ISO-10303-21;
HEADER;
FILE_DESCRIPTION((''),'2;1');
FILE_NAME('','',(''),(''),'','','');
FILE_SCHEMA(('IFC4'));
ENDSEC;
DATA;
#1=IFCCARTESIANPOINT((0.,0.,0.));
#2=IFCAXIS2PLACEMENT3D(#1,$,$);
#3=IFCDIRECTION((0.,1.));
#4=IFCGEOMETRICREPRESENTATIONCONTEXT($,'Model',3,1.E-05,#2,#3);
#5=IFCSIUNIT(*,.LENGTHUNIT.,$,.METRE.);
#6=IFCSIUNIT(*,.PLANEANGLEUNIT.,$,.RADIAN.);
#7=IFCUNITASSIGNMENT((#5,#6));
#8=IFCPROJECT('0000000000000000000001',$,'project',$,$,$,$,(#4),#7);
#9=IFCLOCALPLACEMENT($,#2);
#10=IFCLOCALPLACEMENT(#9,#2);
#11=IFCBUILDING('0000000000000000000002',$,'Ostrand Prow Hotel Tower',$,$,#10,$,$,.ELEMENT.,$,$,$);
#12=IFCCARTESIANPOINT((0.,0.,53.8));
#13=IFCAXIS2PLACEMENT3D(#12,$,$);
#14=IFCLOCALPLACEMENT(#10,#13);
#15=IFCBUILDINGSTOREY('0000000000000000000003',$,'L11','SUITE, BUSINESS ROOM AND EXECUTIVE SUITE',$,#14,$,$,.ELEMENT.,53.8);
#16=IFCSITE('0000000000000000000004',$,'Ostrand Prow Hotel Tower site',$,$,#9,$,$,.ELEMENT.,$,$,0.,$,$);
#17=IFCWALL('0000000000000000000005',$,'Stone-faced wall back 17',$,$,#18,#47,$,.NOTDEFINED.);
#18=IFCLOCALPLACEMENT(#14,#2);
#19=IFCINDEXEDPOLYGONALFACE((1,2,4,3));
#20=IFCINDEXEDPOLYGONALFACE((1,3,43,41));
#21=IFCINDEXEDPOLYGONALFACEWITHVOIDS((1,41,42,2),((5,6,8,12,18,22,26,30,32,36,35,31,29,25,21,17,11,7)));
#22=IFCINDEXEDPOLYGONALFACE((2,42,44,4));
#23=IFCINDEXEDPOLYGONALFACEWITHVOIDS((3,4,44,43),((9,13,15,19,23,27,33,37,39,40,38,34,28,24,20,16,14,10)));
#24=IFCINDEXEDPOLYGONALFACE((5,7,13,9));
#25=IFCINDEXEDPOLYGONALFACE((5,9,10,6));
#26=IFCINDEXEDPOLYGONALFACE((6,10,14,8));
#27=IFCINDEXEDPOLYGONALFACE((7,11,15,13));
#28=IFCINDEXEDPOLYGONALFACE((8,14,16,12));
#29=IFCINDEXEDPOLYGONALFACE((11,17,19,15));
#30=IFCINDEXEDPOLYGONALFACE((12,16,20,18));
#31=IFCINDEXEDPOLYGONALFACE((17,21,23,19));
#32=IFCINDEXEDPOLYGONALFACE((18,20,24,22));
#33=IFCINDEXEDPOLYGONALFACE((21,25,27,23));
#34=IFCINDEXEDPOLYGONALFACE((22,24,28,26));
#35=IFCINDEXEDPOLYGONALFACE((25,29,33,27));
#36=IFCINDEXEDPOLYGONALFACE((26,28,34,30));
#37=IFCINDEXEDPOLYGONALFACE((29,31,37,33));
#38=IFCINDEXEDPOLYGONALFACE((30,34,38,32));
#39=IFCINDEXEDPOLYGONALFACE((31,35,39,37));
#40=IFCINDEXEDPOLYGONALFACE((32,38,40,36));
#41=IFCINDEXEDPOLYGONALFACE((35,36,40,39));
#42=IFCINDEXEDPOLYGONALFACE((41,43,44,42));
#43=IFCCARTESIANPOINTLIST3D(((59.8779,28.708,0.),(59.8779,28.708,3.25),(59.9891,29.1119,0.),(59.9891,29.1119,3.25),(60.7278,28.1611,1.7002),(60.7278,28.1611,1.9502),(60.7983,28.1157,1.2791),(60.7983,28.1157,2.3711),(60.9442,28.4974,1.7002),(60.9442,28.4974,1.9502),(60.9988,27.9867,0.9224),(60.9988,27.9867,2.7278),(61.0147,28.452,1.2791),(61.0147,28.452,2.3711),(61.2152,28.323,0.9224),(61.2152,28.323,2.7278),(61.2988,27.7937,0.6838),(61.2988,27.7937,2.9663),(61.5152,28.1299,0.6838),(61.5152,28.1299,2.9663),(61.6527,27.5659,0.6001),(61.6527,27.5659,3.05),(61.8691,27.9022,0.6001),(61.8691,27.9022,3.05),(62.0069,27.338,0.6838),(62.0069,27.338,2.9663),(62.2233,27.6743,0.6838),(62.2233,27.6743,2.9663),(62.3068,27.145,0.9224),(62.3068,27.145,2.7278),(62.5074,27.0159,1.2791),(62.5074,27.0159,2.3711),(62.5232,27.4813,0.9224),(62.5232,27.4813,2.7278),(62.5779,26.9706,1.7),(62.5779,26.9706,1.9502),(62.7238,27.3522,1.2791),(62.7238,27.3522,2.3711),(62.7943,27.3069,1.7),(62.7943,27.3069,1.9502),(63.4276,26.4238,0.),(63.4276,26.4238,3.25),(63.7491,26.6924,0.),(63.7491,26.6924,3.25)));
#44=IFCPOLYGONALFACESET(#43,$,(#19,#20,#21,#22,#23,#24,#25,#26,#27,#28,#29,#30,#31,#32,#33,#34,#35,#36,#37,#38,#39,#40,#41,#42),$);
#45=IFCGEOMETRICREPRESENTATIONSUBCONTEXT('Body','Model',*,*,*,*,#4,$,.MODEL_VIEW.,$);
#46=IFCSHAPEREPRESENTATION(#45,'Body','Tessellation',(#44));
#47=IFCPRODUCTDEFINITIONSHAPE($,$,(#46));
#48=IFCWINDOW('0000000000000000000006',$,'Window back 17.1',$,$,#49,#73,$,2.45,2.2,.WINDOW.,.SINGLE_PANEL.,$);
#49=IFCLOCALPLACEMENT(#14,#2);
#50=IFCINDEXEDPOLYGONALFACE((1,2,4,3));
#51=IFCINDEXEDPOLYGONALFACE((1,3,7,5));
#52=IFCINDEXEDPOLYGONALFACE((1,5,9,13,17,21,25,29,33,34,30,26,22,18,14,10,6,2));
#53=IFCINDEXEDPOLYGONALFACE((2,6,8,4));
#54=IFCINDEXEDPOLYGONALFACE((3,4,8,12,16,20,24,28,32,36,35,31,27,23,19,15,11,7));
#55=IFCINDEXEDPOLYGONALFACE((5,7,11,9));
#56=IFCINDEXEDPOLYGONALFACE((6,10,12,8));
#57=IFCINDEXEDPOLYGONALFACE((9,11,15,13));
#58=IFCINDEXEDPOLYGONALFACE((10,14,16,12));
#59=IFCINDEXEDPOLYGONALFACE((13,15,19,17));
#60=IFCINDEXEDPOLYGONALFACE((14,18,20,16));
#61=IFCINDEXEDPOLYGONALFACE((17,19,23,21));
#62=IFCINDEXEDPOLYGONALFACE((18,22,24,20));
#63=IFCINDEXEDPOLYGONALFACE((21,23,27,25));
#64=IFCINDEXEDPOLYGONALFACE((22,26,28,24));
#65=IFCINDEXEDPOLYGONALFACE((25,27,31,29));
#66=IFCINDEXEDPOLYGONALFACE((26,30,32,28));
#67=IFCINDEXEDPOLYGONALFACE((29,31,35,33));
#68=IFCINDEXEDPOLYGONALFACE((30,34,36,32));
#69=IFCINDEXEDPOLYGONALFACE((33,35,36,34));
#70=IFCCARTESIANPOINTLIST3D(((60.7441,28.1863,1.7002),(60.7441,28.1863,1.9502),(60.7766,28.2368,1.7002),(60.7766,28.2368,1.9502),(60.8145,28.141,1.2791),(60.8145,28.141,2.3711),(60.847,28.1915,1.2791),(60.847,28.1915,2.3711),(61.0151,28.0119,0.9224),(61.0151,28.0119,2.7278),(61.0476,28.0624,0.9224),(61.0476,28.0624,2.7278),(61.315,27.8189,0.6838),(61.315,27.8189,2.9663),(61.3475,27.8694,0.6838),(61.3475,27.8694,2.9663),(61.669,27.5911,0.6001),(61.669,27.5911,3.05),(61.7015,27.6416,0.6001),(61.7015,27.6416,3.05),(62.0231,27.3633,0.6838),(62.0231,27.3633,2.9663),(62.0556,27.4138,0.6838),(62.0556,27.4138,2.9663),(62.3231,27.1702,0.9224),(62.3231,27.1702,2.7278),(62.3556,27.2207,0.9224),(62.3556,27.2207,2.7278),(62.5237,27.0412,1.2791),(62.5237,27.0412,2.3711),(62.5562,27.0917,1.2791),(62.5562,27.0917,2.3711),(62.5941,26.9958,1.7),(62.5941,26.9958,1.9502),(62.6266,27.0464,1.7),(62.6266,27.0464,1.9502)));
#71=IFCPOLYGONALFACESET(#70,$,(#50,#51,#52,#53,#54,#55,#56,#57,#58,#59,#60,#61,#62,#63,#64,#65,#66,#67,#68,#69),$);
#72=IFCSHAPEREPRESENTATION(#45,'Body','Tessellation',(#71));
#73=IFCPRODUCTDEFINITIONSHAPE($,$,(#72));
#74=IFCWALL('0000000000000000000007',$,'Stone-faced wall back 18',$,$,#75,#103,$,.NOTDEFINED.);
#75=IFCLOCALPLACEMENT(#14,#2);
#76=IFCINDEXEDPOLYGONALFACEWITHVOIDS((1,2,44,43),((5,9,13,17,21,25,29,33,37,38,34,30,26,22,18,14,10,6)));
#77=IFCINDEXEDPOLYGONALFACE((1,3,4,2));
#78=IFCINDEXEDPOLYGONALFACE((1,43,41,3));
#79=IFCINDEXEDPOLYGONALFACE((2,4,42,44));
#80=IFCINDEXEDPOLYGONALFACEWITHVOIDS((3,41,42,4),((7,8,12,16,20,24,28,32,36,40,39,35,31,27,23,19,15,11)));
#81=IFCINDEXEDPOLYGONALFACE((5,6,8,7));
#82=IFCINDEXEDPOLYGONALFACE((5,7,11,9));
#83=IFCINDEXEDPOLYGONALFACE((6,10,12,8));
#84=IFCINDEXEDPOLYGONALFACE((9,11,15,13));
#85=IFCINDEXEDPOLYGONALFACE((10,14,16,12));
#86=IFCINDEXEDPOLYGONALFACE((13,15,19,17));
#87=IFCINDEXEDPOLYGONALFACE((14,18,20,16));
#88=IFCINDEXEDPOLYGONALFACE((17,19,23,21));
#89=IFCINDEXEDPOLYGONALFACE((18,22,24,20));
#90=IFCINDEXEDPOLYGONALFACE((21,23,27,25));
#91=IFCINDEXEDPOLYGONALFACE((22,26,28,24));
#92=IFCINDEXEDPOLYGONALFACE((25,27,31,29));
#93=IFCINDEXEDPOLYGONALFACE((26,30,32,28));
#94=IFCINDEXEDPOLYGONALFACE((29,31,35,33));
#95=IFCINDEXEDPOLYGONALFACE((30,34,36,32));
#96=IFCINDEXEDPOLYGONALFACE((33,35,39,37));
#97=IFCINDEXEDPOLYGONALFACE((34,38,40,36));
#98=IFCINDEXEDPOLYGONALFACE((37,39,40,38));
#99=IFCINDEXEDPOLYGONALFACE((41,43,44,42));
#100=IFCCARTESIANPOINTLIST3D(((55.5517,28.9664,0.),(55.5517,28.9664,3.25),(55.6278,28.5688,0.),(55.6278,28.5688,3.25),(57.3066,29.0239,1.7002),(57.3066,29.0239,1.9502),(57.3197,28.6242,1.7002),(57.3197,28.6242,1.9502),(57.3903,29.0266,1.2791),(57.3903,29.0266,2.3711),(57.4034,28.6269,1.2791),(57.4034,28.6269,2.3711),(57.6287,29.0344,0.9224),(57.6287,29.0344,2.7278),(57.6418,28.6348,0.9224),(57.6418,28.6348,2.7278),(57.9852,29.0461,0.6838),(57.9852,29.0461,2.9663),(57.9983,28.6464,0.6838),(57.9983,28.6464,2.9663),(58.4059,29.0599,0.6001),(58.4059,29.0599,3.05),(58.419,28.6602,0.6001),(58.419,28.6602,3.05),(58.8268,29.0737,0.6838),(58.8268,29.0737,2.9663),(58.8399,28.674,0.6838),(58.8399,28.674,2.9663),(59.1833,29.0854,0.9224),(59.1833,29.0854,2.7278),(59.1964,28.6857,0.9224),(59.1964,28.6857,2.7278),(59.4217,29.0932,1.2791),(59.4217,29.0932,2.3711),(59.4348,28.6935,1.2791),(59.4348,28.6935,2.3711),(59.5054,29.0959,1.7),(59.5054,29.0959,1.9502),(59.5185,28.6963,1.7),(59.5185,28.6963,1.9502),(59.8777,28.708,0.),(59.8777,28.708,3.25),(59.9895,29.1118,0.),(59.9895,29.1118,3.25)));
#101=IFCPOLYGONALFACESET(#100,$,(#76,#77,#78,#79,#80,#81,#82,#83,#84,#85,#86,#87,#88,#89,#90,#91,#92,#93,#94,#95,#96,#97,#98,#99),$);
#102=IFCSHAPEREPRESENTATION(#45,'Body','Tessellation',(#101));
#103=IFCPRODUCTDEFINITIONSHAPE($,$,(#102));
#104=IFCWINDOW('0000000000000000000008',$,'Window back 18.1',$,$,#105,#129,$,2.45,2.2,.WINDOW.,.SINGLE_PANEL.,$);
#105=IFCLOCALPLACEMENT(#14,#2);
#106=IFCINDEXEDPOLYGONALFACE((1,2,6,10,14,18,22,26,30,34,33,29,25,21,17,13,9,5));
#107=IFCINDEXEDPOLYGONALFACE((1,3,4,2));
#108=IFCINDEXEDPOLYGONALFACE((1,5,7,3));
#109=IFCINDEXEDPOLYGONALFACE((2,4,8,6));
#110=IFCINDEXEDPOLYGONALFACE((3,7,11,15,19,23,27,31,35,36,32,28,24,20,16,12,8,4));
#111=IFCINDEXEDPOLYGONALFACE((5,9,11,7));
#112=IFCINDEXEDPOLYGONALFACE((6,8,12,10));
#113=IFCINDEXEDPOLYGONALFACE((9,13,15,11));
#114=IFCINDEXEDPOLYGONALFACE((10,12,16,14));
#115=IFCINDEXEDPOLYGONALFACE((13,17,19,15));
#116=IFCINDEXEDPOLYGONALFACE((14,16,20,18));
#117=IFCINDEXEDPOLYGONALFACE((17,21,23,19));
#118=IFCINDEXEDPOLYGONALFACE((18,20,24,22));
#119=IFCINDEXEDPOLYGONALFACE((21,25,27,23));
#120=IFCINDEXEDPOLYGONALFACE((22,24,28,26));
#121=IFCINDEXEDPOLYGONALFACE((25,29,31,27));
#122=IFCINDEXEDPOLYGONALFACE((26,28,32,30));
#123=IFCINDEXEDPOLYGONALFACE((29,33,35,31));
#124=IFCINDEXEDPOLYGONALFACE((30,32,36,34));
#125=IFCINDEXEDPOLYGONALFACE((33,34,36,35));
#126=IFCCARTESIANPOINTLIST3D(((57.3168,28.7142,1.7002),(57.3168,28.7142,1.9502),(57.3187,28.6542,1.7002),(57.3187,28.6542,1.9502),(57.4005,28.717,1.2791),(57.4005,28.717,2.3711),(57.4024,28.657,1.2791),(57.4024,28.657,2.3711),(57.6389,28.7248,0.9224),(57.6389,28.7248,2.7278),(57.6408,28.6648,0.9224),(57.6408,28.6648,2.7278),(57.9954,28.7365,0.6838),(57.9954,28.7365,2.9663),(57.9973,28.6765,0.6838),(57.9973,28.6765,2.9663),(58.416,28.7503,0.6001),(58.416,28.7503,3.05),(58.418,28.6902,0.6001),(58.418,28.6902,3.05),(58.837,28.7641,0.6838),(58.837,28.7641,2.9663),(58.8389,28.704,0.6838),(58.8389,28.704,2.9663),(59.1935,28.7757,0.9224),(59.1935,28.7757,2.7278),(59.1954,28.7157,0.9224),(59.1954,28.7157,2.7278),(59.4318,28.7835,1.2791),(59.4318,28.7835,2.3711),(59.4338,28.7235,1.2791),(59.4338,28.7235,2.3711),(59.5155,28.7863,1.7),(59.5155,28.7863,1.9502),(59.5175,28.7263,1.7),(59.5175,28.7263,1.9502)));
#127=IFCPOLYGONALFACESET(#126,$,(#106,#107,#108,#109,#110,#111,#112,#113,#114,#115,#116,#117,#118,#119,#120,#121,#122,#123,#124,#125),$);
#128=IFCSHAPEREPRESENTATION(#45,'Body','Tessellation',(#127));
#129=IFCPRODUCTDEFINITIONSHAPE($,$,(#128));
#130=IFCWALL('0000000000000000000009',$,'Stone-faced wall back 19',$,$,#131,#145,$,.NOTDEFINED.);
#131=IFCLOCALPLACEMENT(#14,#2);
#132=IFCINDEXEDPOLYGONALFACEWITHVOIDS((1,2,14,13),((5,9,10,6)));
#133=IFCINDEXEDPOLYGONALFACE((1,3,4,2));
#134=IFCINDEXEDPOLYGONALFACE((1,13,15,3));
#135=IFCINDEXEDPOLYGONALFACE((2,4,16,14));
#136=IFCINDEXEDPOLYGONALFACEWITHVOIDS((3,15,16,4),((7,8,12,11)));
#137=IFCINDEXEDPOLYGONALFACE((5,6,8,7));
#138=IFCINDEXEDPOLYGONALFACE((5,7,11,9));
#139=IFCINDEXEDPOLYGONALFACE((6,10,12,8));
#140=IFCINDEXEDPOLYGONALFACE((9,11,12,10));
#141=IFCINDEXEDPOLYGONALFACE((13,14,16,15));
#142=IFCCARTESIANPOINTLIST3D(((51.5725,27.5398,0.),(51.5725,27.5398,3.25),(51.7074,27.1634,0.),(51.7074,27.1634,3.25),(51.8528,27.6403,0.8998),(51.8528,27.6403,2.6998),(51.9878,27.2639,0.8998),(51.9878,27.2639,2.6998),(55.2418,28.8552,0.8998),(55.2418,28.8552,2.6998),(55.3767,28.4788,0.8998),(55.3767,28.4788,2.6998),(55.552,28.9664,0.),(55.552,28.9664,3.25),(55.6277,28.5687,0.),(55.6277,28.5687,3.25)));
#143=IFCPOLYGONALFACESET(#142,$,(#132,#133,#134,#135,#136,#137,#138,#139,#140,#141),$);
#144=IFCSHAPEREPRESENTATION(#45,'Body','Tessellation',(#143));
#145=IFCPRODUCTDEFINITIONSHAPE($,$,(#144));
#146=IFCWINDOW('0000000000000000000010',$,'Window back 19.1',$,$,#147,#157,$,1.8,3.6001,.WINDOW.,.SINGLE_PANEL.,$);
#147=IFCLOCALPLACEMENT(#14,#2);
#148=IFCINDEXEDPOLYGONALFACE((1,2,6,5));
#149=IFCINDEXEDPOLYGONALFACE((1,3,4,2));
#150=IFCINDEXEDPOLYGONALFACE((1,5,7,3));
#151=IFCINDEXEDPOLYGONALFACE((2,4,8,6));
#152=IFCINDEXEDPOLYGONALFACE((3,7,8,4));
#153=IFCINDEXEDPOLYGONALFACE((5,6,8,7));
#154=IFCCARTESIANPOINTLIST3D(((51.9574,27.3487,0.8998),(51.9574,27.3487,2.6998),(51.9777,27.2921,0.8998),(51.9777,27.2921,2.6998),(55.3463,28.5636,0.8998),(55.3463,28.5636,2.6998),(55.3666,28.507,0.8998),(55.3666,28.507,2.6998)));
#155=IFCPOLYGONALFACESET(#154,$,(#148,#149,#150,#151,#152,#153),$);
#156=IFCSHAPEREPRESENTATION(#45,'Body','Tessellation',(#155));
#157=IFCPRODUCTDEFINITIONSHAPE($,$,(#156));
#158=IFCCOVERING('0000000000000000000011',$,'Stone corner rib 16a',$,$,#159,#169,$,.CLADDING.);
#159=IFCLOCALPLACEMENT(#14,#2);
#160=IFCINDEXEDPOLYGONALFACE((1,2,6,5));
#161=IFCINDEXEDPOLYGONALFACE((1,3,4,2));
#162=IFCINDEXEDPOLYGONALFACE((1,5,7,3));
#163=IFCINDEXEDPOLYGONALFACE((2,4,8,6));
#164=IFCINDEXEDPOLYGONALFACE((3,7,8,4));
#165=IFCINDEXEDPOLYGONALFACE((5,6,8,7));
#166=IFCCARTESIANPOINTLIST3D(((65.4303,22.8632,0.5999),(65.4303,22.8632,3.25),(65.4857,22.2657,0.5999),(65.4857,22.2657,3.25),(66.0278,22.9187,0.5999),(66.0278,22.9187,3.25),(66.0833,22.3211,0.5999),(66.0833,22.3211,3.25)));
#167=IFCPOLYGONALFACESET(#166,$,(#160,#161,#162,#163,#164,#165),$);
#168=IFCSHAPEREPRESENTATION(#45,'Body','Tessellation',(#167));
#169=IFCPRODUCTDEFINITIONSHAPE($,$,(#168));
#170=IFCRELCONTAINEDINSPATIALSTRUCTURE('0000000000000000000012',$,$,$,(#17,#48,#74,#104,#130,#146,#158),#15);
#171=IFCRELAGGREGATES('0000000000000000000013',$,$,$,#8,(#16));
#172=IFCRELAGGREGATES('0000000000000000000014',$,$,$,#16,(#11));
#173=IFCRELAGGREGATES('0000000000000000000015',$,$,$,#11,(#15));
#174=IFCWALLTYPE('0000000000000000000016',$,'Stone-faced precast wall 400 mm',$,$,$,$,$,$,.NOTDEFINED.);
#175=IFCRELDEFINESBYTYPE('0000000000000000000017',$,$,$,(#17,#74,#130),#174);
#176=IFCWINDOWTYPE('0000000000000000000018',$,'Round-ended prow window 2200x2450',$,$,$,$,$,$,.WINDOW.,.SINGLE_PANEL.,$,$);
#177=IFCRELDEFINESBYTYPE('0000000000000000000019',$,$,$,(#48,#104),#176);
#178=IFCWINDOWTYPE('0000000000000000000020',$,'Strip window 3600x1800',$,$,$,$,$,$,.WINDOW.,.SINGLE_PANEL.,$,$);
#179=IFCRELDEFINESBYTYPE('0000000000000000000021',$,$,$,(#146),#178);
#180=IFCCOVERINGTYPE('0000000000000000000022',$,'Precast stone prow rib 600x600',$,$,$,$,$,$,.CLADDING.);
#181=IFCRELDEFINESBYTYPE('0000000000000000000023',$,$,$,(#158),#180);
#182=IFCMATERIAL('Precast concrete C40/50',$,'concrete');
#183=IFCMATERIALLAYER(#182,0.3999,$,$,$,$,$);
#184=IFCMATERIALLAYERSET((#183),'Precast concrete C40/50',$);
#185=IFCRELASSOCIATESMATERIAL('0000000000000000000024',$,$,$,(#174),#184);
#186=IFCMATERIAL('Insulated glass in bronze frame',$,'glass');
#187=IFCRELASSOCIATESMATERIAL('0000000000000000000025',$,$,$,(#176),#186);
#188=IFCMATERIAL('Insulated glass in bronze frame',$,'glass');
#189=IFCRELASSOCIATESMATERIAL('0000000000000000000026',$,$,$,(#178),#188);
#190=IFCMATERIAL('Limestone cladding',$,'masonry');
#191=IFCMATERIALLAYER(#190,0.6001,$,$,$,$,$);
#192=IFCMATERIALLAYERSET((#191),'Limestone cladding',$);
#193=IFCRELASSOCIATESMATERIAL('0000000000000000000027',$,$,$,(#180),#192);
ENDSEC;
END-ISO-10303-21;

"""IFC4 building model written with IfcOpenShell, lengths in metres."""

from ifc_helpers import new_model, si_unit, direction, frame, frame_2d, origin, place, context, subcontext, project, spatial, polyline, rectangle, outline, extrude, material, layer, layer_set, type_object, element, fill, save


model = new_model("IFC4")

# Units and contexts
model_context = context("Model", 3, precision=1e-05, world=origin(), true_north=direction((0.0, 1.0)))
body_context = subcontext(model_context, "Body", "Model", "MODEL_VIEW")
ifc_project = project(units=[si_unit("LENGTHUNIT", "METRE"), si_unit("PLANEANGLEUNIT", "RADIAN")], contexts=[model_context])

# Site, building, storey
site_placement = place(None, origin())
site = spatial("IfcSite", under=ifc_project, at=site_placement, Name="Ostrand Prow Hotel Tower site", CompositionType="ELEMENT", RefElevation=0.0)
building_placement = place(site_placement, origin())
building = spatial("IfcBuilding", under=site, at=building_placement, Name="Ostrand Prow Hotel Tower", CompositionType="ELEMENT")
storey_placement = place(building_placement, frame((0.0, 0.0, 53.8)))
storey = spatial("IfcBuildingStorey", under=building, at=storey_placement, Name="L11", Description="SUITE, BUSINESS ROOM AND EXECUTIVE SUITE", CompositionType="ELEMENT", Elevation=53.8)

# Walls, openings, windows
ifc_material_1 = material(Name="Precast concrete C40/50", Category="concrete")
ifc_layer_1 = layer(ifc_material_1, 0.3999)
ifc_layer_set_1 = layer_set([ifc_layer_1], Name="Precast concrete C40/50")
wall_type_1 = type_object("IfcWallType", Name="Stone-faced precast wall 400 mm", PredefinedType="NOTDEFINED", material=ifc_layer_set_1)
ifc_material_2 = material(Name="Insulated glass in bronze frame", Category="glass")
window_type_1 = type_object("IfcWindowType", Name="Round-ended prow window 2200x2450", PartitioningType="SINGLE_PANEL", PredefinedType="WINDOW", material=ifc_material_2)
wall_1_placement = place(storey_placement, frame((63.5884, 26.5581, 0.0), z_axis=(0.0, 0.0, 1.0), x_axis=(-0.840937, 0.541132, 0.0)))
wall_1 = element("IfcWall", 1, at=wall_1_placement, inside=storey, type_object=wall_type_1, Name="Stone-faced wall back 17", PredefinedType="NOTDEFINED", context=body_context, shape_type="SweptSolid", body=[
    extrude(outline(polyline([(-0.0625, -0.2), (4.4087, -0.2), (4.2837, 0.2), (0.0625, 0.2), (-0.0625, -0.2)])), origin(), (0.0, 0.0, 1.0), 3.25),
])
opening_1_placement = place(wall_1_placement, frame((1.073, 0.0, 0.6001)))
opening_1 = element("IfcOpeningElement", 2, at=opening_1_placement, cuts=wall_1, PredefinedType="OPENING", context=body_context, shape_type="SweptSolid", body=[
    extrude(outline(polyline([(0.0, 1.3501), (0.0837, 1.771), (0.3223, 2.1277), (0.679, 2.3662), (1.1001, 2.45), (1.521, 2.3662), (1.8777, 2.1277), (2.1162, 1.771), (2.2, 1.3501), (2.2, 1.1001), (2.1162, 0.679), (1.8777, 0.3223), (1.521, 0.0837), (1.1001, 0.0), (0.679, 0.0837), (0.3223, 0.3223), (0.0837, 0.679), (0.0, 1.0999), (0.0, 1.3501)])), frame((0.0, 0.21, 0.0), z_axis=(0.0, -1.0, 0.0), x_axis=(1.0, 0.0, 0.0)), (0.0, 0.0, 1.0), 0.4199),
])
window_1_placement = place(opening_1_placement, origin())
window_1 = element("IfcWindow", 3, at=window_1_placement, inside=storey, type_object=window_type_1, Name="Window back 17.1", OverallHeight=2.45, OverallWidth=2.2, PartitioningType="SINGLE_PANEL", PredefinedType="WINDOW", context=body_context, shape_type="SweptSolid", body=[
    extrude(outline(polyline([(0.0, 1.3501), (0.0837, 1.771), (0.3223, 2.1277), (0.679, 2.3662), (1.1001, 2.45), (1.521, 2.3662), (1.8777, 2.1277), (2.1162, 1.771), (2.2, 1.3501), (2.2, 1.1001), (2.1162, 0.679), (1.8777, 0.3223), (1.521, 0.0837), (1.1001, 0.0), (0.679, 0.0837), (0.3223, 0.3223), (0.0837, 0.679), (0.0, 1.0999), (0.0, 1.3501)])), frame((0.0, 0.1699, 0.0), z_axis=(0.0, -1.0, 0.0), x_axis=(1.0, 0.0, 0.0)), (0.0, 0.0, 1.0), 0.0601),
])
fill(opening_1, window_1)
wall_2_placement = place(storey_placement, frame((59.9336, 28.9099, 0.0), z_axis=(0.0, 0.0, 1.0), x_axis=(-0.999464, -0.03275, 0.0)))
wall_2 = element("IfcWall", 4, at=wall_2_placement, inside=storey, type_object=wall_type_1, Name="Stone-faced wall back 18", PredefinedType="NOTDEFINED", context=body_context, shape_type="SweptSolid", body=[
    extrude(outline(polyline([(-0.0625, -0.2), (4.3777, -0.2), (4.3147, 0.2), (0.0625, 0.2), (-0.0625, -0.2)])), origin(), (0.0, 0.0, 1.0), 3.25),
])
opening_2_placement = place(wall_2_placement, frame((0.4219, 0.0, 0.6001)))
opening_2 = element("IfcOpeningElement", 5, at=opening_2_placement, cuts=wall_2, PredefinedType="OPENING", context=body_context, shape_type="SweptSolid", body=[
    extrude(outline(polyline([(0.0, 1.3501), (0.0837, 1.771), (0.3223, 2.1277), (0.679, 2.3662), (1.1001, 2.45), (1.521, 2.3662), (1.8777, 2.1277), (2.1162, 1.771), (2.2, 1.3501), (2.2, 1.1001), (2.1162, 0.679), (1.8777, 0.3223), (1.521, 0.0837), (1.1001, 0.0), (0.679, 0.0837), (0.3223, 0.3223), (0.0837, 0.679), (0.0, 1.0999), (0.0, 1.3501)])), frame((0.0, 0.21, 0.0), z_axis=(0.0, -1.0, 0.0), x_axis=(1.0, 0.0, 0.0)), (0.0, 0.0, 1.0), 0.4199),
])
window_2_placement = place(opening_2_placement, origin())
window_2 = element("IfcWindow", 6, at=window_2_placement, inside=storey, type_object=window_type_1, Name="Window back 18.1", OverallHeight=2.45, OverallWidth=2.2, PartitioningType="SINGLE_PANEL", PredefinedType="WINDOW", context=body_context, shape_type="SweptSolid", body=[
    extrude(outline(polyline([(0.0, 1.3501), (0.0837, 1.771), (0.3223, 2.1277), (0.679, 2.3662), (1.1001, 2.45), (1.521, 2.3662), (1.8777, 2.1277), (2.1162, 1.771), (2.2, 1.3501), (2.2, 1.1001), (2.1162, 0.679), (1.8777, 0.3223), (1.521, 0.0837), (1.1001, 0.0), (0.679, 0.0837), (0.3223, 0.3223), (0.0837, 0.679), (0.0, 1.0999), (0.0, 1.3501)])), frame((0.0, 0.1699, 0.0), z_axis=(0.0, -1.0, 0.0), x_axis=(1.0, 0.0, 0.0)), (0.0, 0.0, 1.0), 0.0601),
])
fill(opening_2, window_2)
wall_3_placement = place(storey_placement, frame((55.5898, 28.7676, 0.0), z_axis=(0.0, 0.0, 1.0), x_axis=(-0.94134, -0.33746, 0.0)))
wall_3 = element("IfcWall", 7, at=wall_3_placement, inside=storey, type_object=wall_type_1, Name="Stone-faced wall back 19", PredefinedType="NOTDEFINED", context=body_context, shape_type="SweptSolid", body=[
    extrude(outline(polyline([(-0.0315, -0.2), (4.196, -0.2), (4.196, 0.2), (0.0315, 0.2), (-0.0315, -0.2)])), origin(), (0.0, 0.0, 1.0), 3.25),
])
opening_3_placement = place(wall_3_placement, frame((0.2981, 0.0, 0.8999)))
opening_3 = element("IfcOpeningElement", 8, at=opening_3_placement, cuts=wall_3, PredefinedType="OPENING", context=body_context, shape_type="SweptSolid", body=[
    extrude(rectangle(XDim=3.6001, YDim=1.8, at=frame_2d((1.8, 0.8999))), frame((0.0, 0.21, 0.0), z_axis=(0.0, -1.0, 0.0), x_axis=(1.0, 0.0, 0.0)), (0.0, 0.0, 1.0), 0.4199),
])
ifc_material_3 = material(Name="Insulated glass in bronze frame", Category="glass")
window_type_2 = type_object("IfcWindowType", Name="Strip window 3600x1800", PartitioningType="SINGLE_PANEL", PredefinedType="WINDOW", material=ifc_material_3)
window_3_placement = place(opening_3_placement, origin())
window_3 = element("IfcWindow", 9, at=window_3_placement, inside=storey, type_object=window_type_2, Name="Window back 19.1", OverallHeight=1.8, OverallWidth=3.6001, PartitioningType="SINGLE_PANEL", PredefinedType="WINDOW", context=body_context, shape_type="SweptSolid", body=[
    extrude(rectangle(XDim=3.6001, YDim=1.8, at=frame_2d((1.8, 0.8999))), frame((0.0, 0.1699, 0.0), z_axis=(0.0, -1.0, 0.0), x_axis=(1.0, 0.0, 0.0)), (0.0, 0.0, 1.0), 0.0601),
])
fill(opening_3, window_3)

# Covering
ifc_material_4 = material(Name="Limestone cladding", Category="masonry")
ifc_layer_2 = layer(ifc_material_4, 0.6001)
ifc_layer_set_2 = layer_set([ifc_layer_2], Name="Limestone cladding")
covering_type = type_object("IfcCoveringType", Name="Precast stone prow rib 600x600", PredefinedType="CLADDING", material=ifc_layer_set_2)
for number, where, z_axis, x_axis, name in (
    (10, (65.458, 22.5645, 0.5999), (0.0, 0.0, 1.0), (0.995725, 0.09237, 0.0), "Stone corner rib 16a"),
):
    element("IfcCovering", number, at=place(storey_placement, frame(where, z_axis=z_axis, x_axis=x_axis)), inside=storey, type_object=covering_type, Name=name, PredefinedType="CLADDING", context=body_context, shape_type="SweptSolid", body=[
        extrude(rectangle(XDim=0.6001, YDim=0.6001, at=frame_2d((0.3, 0.0))), origin(), (0.0, 0.0, 1.0), 2.6501),
    ])

save(model, "model.ifc")
